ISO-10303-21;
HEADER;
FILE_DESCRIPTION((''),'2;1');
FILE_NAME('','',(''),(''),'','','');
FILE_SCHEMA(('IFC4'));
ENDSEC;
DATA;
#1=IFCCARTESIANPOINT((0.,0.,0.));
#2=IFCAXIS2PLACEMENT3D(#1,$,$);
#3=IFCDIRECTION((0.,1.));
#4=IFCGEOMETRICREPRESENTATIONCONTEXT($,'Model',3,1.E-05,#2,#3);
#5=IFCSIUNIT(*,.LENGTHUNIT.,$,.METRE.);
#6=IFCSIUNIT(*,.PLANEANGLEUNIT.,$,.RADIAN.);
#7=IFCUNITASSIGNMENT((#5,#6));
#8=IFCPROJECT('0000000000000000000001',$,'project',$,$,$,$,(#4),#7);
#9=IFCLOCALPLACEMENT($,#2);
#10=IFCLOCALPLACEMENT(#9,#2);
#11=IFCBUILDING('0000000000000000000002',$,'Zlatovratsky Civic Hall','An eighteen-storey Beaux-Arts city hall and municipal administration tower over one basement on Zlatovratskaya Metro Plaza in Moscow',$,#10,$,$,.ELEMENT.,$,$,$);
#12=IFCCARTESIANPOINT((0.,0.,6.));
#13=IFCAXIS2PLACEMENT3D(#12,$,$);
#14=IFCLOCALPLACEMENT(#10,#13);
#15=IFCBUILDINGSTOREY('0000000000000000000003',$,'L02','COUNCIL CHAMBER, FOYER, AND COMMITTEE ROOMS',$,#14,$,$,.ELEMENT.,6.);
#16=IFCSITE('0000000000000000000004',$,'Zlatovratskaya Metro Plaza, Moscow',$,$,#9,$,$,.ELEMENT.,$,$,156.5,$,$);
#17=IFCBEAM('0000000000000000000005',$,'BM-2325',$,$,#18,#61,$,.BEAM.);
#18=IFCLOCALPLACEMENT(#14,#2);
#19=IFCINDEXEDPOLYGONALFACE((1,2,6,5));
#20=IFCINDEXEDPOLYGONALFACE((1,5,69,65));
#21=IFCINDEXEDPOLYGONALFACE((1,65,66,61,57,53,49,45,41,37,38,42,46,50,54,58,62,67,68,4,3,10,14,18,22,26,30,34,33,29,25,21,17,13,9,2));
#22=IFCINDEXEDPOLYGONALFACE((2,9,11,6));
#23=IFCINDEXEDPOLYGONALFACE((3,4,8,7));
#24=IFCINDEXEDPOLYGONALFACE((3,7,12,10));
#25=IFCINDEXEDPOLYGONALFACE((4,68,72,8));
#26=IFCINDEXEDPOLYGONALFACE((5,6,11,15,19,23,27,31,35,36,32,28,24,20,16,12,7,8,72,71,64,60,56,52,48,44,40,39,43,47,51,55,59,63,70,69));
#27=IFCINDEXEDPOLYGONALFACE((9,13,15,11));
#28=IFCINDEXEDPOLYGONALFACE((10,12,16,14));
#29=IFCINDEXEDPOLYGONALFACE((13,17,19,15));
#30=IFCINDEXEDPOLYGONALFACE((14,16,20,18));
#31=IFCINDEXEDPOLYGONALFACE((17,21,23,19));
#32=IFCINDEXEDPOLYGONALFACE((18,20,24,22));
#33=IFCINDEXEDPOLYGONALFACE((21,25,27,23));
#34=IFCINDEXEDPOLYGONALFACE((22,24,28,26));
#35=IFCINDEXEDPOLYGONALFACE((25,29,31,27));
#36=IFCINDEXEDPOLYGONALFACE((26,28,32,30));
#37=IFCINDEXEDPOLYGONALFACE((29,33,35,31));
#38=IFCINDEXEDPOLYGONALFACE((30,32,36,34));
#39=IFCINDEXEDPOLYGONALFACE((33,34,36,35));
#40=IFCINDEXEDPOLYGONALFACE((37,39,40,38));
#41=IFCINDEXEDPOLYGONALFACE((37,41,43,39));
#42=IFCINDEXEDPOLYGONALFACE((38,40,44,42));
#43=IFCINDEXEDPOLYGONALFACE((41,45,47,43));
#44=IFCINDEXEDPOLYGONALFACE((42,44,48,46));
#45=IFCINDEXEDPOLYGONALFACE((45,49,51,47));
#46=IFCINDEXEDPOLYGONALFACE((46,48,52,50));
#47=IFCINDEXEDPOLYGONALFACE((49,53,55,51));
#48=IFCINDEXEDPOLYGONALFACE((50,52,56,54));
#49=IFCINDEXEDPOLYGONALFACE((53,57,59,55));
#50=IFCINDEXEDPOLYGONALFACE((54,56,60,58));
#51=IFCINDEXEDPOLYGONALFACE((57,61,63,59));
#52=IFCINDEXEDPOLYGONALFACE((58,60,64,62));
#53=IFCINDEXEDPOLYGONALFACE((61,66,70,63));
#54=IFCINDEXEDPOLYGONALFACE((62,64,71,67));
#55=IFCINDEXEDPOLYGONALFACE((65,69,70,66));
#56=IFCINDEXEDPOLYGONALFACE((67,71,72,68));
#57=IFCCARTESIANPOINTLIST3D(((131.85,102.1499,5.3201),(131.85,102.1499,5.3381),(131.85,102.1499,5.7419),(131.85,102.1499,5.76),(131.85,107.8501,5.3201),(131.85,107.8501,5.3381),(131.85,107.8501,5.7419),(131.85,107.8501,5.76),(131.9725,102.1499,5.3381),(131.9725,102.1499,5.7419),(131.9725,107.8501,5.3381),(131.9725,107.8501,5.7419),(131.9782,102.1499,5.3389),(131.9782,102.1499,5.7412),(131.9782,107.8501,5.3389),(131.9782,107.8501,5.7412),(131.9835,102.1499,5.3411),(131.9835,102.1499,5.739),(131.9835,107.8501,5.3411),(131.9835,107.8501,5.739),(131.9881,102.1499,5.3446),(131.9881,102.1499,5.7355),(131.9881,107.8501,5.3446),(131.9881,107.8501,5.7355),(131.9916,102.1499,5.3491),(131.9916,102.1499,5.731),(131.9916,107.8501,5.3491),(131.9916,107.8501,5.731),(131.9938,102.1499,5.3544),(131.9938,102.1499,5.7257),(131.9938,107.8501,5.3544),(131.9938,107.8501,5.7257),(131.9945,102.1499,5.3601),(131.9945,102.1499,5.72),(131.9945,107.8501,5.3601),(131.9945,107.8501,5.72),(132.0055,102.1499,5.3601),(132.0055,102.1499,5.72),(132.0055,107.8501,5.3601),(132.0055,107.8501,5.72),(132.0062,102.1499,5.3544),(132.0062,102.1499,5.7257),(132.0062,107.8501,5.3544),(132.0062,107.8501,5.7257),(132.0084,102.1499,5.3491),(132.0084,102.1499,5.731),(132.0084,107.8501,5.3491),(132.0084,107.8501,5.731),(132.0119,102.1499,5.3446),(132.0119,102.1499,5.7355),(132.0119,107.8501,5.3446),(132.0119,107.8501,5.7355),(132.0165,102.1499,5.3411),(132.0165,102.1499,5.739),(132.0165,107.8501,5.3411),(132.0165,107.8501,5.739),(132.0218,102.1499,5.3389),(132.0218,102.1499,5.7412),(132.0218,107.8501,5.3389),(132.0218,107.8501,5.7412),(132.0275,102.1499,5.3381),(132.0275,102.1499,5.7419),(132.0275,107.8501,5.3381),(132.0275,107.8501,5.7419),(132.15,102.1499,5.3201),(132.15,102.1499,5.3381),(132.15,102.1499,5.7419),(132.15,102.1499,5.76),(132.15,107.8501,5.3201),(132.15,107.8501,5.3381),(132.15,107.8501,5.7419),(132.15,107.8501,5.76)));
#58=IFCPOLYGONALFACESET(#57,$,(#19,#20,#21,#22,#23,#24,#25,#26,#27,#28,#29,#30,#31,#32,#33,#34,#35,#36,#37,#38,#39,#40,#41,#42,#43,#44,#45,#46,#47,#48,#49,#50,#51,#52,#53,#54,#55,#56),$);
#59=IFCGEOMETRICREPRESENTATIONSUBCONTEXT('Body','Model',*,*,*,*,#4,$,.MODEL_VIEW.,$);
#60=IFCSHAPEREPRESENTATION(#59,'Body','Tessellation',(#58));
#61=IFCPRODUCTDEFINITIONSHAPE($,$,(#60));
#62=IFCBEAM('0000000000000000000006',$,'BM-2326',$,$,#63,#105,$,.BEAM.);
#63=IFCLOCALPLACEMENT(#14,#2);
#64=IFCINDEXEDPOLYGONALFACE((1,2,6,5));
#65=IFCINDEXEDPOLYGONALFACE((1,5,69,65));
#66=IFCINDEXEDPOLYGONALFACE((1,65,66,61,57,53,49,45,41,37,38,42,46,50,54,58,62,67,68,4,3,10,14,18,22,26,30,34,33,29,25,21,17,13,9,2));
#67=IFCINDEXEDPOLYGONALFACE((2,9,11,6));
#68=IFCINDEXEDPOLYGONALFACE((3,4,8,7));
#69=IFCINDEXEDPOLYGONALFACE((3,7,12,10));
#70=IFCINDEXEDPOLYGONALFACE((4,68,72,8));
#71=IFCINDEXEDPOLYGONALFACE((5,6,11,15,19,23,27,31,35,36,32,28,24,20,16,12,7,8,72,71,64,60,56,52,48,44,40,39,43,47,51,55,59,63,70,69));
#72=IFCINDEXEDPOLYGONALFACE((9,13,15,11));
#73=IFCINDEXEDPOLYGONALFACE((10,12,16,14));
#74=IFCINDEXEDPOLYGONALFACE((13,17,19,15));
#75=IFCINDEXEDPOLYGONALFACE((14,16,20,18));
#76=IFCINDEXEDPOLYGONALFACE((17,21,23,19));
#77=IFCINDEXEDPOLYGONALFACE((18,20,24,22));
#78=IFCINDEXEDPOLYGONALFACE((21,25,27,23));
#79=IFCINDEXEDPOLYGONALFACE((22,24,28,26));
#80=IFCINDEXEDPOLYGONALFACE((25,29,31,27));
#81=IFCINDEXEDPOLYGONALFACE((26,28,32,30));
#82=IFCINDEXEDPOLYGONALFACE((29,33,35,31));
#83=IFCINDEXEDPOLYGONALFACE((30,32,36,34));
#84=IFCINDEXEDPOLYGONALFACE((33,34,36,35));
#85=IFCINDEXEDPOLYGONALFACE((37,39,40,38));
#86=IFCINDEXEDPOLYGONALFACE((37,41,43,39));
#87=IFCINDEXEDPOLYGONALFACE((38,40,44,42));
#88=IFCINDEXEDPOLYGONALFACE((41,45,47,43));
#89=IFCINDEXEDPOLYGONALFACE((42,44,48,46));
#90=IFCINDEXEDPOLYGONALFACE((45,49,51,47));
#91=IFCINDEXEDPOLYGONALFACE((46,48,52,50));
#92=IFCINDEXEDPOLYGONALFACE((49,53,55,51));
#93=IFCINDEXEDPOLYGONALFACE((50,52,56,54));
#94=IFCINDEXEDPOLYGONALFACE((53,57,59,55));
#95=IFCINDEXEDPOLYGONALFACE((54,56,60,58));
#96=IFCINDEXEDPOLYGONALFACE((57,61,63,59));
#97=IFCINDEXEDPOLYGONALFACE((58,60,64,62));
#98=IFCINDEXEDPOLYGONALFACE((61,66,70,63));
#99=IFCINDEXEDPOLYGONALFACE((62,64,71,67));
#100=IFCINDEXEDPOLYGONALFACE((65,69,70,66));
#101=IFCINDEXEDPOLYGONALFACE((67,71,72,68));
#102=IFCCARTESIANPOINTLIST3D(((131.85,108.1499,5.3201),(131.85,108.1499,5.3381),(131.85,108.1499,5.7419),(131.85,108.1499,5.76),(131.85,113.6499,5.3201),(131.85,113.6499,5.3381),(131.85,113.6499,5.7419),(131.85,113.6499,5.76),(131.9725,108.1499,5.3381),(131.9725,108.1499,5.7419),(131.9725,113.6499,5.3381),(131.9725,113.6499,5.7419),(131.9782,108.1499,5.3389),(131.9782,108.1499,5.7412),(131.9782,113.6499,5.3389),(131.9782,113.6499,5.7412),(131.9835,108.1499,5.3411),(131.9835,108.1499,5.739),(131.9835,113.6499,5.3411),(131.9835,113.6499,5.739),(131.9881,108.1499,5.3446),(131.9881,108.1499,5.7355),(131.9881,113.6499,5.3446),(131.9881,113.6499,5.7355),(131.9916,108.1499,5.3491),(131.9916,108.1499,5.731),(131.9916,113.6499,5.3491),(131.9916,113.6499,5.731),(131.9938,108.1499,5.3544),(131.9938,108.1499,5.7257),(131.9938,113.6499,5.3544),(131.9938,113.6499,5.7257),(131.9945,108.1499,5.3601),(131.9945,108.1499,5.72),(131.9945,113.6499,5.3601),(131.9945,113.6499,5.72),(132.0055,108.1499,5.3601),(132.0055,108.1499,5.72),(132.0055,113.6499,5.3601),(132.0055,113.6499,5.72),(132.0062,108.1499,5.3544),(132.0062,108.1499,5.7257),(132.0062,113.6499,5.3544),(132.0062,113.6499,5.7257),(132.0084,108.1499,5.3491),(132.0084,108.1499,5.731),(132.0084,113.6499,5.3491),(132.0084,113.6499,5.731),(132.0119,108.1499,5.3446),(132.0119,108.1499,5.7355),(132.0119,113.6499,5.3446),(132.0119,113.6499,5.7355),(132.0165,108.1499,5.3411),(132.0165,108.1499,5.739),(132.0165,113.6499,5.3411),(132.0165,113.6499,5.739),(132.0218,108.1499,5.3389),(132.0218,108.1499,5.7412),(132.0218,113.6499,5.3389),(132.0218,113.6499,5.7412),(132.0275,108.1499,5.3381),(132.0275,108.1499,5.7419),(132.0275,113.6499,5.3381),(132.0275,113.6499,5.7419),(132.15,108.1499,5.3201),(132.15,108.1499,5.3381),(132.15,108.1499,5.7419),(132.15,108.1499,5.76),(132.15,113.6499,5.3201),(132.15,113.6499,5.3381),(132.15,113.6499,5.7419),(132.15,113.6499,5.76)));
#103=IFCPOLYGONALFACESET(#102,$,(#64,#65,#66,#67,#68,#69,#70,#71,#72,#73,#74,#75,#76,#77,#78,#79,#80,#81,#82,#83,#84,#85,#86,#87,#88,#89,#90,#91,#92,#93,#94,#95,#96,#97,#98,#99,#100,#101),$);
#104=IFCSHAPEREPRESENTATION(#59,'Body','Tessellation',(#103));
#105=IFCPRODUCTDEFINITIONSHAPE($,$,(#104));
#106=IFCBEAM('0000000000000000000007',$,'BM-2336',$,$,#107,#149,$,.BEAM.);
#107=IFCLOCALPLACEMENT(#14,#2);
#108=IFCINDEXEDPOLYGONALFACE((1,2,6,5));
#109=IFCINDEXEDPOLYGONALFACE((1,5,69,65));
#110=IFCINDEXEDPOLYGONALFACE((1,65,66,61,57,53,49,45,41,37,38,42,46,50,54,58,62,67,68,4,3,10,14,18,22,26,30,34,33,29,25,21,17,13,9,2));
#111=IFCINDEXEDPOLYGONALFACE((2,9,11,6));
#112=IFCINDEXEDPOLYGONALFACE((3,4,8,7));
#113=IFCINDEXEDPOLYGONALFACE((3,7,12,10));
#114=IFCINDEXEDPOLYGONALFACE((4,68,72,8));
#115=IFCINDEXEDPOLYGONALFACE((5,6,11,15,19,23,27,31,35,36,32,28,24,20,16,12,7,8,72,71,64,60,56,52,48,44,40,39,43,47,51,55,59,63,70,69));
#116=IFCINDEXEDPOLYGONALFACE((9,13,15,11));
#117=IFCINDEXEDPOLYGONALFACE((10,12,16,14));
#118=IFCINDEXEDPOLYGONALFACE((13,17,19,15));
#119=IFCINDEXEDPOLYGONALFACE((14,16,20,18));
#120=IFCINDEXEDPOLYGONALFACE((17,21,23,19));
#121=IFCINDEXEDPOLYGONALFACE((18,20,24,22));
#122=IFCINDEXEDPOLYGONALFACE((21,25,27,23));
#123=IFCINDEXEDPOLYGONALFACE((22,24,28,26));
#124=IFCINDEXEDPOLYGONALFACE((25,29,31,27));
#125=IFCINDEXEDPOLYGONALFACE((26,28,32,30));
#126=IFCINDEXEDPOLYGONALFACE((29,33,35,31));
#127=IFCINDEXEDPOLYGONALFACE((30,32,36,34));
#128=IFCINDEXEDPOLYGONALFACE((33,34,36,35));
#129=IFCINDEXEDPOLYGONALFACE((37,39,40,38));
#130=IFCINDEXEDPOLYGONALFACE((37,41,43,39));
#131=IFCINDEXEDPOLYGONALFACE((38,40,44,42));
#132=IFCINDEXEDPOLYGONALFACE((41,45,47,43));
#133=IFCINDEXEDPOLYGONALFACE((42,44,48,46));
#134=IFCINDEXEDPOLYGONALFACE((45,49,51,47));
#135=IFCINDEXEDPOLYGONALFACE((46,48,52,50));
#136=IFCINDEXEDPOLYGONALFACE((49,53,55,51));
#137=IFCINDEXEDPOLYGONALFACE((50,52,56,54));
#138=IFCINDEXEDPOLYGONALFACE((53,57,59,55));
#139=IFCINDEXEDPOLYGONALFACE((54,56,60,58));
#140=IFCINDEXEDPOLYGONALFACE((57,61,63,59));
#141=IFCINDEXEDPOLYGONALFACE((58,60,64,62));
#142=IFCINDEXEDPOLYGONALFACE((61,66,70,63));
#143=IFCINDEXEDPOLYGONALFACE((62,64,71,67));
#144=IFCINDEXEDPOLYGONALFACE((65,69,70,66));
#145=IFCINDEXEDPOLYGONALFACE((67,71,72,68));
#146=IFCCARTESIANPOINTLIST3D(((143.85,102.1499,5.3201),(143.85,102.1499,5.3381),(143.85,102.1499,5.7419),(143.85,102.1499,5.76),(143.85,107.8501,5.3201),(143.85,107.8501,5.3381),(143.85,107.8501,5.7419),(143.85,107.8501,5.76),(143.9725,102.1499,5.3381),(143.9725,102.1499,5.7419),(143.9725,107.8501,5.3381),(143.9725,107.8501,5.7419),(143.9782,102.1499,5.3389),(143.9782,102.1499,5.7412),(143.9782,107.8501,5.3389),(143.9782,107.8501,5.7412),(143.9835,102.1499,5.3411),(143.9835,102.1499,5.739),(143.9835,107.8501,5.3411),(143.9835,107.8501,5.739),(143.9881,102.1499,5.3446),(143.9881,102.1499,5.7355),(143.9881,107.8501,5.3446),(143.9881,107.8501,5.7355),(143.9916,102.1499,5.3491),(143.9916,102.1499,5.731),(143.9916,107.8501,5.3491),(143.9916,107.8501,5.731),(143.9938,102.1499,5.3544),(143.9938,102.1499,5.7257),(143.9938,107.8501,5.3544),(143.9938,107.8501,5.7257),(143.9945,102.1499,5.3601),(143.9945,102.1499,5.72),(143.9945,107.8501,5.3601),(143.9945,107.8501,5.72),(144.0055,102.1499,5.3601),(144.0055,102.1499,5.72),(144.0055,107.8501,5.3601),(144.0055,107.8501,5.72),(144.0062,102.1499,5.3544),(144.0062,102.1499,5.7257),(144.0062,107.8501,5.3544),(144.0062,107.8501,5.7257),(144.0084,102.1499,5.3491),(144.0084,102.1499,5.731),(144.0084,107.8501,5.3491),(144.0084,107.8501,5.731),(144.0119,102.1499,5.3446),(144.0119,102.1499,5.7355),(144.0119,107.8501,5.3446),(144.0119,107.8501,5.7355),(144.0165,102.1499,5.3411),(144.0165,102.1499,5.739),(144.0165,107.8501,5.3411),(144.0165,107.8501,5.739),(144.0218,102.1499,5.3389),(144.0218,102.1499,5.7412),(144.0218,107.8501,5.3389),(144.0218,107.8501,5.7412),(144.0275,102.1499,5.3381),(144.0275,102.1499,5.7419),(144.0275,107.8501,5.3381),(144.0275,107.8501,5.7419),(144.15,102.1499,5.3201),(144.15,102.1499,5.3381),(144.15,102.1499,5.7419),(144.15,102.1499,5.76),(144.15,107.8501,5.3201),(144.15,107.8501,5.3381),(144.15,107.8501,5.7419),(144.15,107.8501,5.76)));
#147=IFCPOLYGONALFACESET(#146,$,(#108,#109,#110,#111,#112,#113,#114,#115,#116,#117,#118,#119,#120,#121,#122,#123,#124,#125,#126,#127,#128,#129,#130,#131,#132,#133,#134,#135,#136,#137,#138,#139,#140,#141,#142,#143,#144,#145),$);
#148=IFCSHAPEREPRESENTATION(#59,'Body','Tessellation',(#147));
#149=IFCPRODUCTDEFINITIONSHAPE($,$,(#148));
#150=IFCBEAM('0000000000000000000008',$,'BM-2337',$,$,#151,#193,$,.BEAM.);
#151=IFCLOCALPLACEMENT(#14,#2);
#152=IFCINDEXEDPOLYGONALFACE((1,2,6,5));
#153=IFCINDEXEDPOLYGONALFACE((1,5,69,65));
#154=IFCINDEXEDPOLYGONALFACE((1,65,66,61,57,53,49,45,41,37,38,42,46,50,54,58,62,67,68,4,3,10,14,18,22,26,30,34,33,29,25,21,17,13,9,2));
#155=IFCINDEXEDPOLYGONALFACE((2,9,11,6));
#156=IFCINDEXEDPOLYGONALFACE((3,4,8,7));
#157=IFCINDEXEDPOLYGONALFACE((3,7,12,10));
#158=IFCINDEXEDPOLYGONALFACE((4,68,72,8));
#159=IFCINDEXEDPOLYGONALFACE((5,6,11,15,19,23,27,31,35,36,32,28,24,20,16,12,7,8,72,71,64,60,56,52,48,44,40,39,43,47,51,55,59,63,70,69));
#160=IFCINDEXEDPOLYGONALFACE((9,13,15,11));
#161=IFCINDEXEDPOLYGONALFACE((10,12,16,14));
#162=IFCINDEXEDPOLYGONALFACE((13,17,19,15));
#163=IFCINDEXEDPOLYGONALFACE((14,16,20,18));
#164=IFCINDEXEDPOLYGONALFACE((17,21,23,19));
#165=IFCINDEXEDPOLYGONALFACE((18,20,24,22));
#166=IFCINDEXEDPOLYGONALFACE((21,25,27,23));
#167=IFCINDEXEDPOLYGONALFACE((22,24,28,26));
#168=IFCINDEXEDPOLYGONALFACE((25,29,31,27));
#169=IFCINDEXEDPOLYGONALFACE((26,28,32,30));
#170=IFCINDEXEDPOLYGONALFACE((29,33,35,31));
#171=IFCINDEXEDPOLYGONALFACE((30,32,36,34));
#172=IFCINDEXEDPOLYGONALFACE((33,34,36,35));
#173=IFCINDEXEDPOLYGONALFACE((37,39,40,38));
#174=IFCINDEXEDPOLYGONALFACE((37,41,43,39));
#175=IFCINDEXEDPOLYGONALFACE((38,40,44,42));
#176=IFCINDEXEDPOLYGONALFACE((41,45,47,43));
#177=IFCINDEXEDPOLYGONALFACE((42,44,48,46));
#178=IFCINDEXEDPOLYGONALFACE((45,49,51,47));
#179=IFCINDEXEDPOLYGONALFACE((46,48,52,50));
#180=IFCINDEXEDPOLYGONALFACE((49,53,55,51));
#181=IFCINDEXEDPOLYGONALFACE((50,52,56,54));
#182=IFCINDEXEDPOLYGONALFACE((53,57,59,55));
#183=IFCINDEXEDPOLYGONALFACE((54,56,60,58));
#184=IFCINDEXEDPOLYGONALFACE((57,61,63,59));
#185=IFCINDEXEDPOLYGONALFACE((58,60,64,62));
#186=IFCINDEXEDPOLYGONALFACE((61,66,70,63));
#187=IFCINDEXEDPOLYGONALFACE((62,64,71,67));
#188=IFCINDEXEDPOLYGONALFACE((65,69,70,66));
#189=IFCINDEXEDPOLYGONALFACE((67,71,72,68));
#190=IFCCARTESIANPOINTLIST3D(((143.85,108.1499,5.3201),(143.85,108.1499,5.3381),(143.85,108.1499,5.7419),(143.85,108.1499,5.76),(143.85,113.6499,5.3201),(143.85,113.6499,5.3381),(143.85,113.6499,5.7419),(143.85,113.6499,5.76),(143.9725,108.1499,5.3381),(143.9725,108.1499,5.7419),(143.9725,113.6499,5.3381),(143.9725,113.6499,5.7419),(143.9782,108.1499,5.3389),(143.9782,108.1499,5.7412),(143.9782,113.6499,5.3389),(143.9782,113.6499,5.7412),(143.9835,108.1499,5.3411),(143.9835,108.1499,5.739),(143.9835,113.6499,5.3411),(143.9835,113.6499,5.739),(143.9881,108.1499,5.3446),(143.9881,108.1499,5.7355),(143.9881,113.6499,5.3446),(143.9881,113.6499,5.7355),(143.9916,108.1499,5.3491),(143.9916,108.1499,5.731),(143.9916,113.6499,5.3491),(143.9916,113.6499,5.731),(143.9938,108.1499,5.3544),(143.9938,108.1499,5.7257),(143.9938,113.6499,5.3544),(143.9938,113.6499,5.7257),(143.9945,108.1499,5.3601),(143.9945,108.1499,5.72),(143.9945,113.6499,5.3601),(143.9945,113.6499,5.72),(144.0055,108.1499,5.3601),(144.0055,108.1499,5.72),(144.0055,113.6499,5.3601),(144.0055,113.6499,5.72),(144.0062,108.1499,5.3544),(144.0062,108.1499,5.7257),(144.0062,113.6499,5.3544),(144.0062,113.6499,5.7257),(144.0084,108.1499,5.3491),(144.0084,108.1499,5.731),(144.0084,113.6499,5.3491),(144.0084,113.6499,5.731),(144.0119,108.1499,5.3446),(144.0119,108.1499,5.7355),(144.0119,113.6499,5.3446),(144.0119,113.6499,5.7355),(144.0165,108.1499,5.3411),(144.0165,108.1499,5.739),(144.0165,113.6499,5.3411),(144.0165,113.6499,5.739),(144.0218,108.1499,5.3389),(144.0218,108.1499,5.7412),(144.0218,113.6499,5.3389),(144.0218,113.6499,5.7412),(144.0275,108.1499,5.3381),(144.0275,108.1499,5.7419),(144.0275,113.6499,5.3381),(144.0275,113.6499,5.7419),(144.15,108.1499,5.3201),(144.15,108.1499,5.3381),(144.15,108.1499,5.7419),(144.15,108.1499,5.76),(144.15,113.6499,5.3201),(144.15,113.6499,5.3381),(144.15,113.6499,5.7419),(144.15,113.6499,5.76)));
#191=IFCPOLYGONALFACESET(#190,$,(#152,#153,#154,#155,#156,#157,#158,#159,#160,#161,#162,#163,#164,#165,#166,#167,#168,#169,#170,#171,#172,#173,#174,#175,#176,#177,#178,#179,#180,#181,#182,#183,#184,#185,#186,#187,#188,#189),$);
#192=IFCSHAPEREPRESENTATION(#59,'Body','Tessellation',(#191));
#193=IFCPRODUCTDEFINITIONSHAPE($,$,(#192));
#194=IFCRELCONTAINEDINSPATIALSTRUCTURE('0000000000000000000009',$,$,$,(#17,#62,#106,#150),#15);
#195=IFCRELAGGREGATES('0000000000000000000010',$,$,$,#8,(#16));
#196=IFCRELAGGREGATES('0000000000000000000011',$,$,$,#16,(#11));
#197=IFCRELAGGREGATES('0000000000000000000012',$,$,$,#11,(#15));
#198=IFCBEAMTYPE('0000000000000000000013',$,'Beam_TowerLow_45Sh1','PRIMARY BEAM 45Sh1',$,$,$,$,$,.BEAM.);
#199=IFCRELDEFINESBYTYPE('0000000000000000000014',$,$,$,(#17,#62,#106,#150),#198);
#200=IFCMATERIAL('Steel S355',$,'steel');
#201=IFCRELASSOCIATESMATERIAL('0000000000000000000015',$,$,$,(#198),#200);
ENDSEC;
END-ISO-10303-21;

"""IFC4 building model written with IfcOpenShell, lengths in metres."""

from ifc_helpers import new_model, si_unit, direction, frame, origin, origin_2d, place, context, subcontext, project, spatial, i_section, extrude, material, material_profile, profile_set, type_object, element, save


model = new_model("IFC4")

# Units and contexts
model_context = context("Model", 3, precision=1e-05, world=origin(), true_north=direction((0.0, 1.0)))
body_context = subcontext(model_context, "Body", "Model", "MODEL_VIEW")
ifc_project = project(units=[si_unit("LENGTHUNIT", "METRE"), si_unit("PLANEANGLEUNIT", "RADIAN")], contexts=[model_context])

# Site, building, storey
site_placement = place(None, origin())
site = spatial("IfcSite", under=ifc_project, at=site_placement, Name="Zlatovratskaya Metro Plaza, Moscow", CompositionType="ELEMENT", RefElevation=156.5)
building_placement = place(site_placement, origin())
building = spatial("IfcBuilding", under=site, at=building_placement, Name="Zlatovratsky Civic Hall", Description="An eighteen-storey Beaux-Arts city hall and municipal administration tower over one basement on Zlatovratskaya Metro Plaza in Moscow", CompositionType="ELEMENT")
storey_placement = place(building_placement, frame((0.0, 0.0, 6.0)))
storey = spatial("IfcBuildingStorey", under=building, at=storey_placement, Name="L02", Description="COUNCIL CHAMBER, FOYER, AND COMMITTEE ROOMS", CompositionType="ELEMENT", Elevation=6.0)

# Shared definitions
ifc_material_1 = material(Name="Steel S355", Category="steel")

# Beams
ifc_material_profile_1 = material_profile(ifc_material_1, i_section(OverallWidth=0.3, OverallDepth=0.4399, WebThickness=0.011, FlangeThickness=0.0181, FilletRadius=0.022, at=origin_2d()), Name="45Sh1")
ifc_profile_set_1 = profile_set([ifc_material_profile_1], Name="Steel S355")
beam_type_1 = type_object("IfcBeamType", Name="Beam_TowerLow_45Sh1", Description="PRIMARY BEAM 45Sh1", PredefinedType="BEAM", material=ifc_profile_set_1)
for number, where, z_axis, x_axis, name in (
    (1, (132.0, 102.1499, 5.54), (0.0, 1.0, 0.0), (-1.0, 0.0, 0.0), "BM-2325"),
):
    element("IfcBeam", number, at=place(storey_placement, frame(where, z_axis=z_axis, x_axis=x_axis)), inside=storey, type_object=beam_type_1, Name=name, PredefinedType="BEAM", context=body_context, shape_type="SweptSolid", body=[
        extrude(i_section(OverallWidth=0.3, OverallDepth=0.4399, WebThickness=0.011, FlangeThickness=0.0181, FilletRadius=0.022, at=origin_2d()), origin(), (0.0, 0.0, 1.0), 5.7002),
    ])
beam_1_placement = place(storey_placement, frame((132.0, 108.1499, 5.54), z_axis=(0.0, 1.0, 0.0), x_axis=(-1.0, 0.0, 0.0)))
element("IfcBeam", 2, at=beam_1_placement, inside=storey, type_object=beam_type_1, Name="BM-2326", PredefinedType="BEAM", context=body_context, shape_type="SweptSolid", body=[
    extrude(i_section(OverallWidth=0.3, OverallDepth=0.4399, WebThickness=0.011, FlangeThickness=0.0181, FilletRadius=0.022, at=origin_2d()), origin(), (0.0, 0.0, 1.0), 5.5),
])
beam_2_placement = place(storey_placement, frame((144.0, 102.1499, 5.54), z_axis=(0.0, 1.0, 0.0), x_axis=(-1.0, 0.0, 0.0)))
element("IfcBeam", 3, at=beam_2_placement, inside=storey, type_object=beam_type_1, Name="BM-2336", PredefinedType="BEAM", context=body_context, shape_type="SweptSolid", body=[
    extrude(i_section(OverallWidth=0.3, OverallDepth=0.4399, WebThickness=0.011, FlangeThickness=0.0181, FilletRadius=0.022, at=origin_2d()), origin(), (0.0, 0.0, 1.0), 5.7002),
])
for number, where, z_axis, x_axis, name in (
    (4, (144.0, 108.1499, 5.54), (0.0, 1.0, 0.0), (-1.0, 0.0, 0.0), "BM-2337"),
):
    element("IfcBeam", number, at=place(storey_placement, frame(where, z_axis=z_axis, x_axis=x_axis)), inside=storey, type_object=beam_type_1, Name=name, PredefinedType="BEAM", context=body_context, shape_type="SweptSolid", body=[
        extrude(i_section(OverallWidth=0.3, OverallDepth=0.4399, WebThickness=0.011, FlangeThickness=0.0181, FilletRadius=0.022, at=origin_2d()), origin(), (0.0, 0.0, 1.0), 5.5),
    ])

save(model, "model.ifc")
